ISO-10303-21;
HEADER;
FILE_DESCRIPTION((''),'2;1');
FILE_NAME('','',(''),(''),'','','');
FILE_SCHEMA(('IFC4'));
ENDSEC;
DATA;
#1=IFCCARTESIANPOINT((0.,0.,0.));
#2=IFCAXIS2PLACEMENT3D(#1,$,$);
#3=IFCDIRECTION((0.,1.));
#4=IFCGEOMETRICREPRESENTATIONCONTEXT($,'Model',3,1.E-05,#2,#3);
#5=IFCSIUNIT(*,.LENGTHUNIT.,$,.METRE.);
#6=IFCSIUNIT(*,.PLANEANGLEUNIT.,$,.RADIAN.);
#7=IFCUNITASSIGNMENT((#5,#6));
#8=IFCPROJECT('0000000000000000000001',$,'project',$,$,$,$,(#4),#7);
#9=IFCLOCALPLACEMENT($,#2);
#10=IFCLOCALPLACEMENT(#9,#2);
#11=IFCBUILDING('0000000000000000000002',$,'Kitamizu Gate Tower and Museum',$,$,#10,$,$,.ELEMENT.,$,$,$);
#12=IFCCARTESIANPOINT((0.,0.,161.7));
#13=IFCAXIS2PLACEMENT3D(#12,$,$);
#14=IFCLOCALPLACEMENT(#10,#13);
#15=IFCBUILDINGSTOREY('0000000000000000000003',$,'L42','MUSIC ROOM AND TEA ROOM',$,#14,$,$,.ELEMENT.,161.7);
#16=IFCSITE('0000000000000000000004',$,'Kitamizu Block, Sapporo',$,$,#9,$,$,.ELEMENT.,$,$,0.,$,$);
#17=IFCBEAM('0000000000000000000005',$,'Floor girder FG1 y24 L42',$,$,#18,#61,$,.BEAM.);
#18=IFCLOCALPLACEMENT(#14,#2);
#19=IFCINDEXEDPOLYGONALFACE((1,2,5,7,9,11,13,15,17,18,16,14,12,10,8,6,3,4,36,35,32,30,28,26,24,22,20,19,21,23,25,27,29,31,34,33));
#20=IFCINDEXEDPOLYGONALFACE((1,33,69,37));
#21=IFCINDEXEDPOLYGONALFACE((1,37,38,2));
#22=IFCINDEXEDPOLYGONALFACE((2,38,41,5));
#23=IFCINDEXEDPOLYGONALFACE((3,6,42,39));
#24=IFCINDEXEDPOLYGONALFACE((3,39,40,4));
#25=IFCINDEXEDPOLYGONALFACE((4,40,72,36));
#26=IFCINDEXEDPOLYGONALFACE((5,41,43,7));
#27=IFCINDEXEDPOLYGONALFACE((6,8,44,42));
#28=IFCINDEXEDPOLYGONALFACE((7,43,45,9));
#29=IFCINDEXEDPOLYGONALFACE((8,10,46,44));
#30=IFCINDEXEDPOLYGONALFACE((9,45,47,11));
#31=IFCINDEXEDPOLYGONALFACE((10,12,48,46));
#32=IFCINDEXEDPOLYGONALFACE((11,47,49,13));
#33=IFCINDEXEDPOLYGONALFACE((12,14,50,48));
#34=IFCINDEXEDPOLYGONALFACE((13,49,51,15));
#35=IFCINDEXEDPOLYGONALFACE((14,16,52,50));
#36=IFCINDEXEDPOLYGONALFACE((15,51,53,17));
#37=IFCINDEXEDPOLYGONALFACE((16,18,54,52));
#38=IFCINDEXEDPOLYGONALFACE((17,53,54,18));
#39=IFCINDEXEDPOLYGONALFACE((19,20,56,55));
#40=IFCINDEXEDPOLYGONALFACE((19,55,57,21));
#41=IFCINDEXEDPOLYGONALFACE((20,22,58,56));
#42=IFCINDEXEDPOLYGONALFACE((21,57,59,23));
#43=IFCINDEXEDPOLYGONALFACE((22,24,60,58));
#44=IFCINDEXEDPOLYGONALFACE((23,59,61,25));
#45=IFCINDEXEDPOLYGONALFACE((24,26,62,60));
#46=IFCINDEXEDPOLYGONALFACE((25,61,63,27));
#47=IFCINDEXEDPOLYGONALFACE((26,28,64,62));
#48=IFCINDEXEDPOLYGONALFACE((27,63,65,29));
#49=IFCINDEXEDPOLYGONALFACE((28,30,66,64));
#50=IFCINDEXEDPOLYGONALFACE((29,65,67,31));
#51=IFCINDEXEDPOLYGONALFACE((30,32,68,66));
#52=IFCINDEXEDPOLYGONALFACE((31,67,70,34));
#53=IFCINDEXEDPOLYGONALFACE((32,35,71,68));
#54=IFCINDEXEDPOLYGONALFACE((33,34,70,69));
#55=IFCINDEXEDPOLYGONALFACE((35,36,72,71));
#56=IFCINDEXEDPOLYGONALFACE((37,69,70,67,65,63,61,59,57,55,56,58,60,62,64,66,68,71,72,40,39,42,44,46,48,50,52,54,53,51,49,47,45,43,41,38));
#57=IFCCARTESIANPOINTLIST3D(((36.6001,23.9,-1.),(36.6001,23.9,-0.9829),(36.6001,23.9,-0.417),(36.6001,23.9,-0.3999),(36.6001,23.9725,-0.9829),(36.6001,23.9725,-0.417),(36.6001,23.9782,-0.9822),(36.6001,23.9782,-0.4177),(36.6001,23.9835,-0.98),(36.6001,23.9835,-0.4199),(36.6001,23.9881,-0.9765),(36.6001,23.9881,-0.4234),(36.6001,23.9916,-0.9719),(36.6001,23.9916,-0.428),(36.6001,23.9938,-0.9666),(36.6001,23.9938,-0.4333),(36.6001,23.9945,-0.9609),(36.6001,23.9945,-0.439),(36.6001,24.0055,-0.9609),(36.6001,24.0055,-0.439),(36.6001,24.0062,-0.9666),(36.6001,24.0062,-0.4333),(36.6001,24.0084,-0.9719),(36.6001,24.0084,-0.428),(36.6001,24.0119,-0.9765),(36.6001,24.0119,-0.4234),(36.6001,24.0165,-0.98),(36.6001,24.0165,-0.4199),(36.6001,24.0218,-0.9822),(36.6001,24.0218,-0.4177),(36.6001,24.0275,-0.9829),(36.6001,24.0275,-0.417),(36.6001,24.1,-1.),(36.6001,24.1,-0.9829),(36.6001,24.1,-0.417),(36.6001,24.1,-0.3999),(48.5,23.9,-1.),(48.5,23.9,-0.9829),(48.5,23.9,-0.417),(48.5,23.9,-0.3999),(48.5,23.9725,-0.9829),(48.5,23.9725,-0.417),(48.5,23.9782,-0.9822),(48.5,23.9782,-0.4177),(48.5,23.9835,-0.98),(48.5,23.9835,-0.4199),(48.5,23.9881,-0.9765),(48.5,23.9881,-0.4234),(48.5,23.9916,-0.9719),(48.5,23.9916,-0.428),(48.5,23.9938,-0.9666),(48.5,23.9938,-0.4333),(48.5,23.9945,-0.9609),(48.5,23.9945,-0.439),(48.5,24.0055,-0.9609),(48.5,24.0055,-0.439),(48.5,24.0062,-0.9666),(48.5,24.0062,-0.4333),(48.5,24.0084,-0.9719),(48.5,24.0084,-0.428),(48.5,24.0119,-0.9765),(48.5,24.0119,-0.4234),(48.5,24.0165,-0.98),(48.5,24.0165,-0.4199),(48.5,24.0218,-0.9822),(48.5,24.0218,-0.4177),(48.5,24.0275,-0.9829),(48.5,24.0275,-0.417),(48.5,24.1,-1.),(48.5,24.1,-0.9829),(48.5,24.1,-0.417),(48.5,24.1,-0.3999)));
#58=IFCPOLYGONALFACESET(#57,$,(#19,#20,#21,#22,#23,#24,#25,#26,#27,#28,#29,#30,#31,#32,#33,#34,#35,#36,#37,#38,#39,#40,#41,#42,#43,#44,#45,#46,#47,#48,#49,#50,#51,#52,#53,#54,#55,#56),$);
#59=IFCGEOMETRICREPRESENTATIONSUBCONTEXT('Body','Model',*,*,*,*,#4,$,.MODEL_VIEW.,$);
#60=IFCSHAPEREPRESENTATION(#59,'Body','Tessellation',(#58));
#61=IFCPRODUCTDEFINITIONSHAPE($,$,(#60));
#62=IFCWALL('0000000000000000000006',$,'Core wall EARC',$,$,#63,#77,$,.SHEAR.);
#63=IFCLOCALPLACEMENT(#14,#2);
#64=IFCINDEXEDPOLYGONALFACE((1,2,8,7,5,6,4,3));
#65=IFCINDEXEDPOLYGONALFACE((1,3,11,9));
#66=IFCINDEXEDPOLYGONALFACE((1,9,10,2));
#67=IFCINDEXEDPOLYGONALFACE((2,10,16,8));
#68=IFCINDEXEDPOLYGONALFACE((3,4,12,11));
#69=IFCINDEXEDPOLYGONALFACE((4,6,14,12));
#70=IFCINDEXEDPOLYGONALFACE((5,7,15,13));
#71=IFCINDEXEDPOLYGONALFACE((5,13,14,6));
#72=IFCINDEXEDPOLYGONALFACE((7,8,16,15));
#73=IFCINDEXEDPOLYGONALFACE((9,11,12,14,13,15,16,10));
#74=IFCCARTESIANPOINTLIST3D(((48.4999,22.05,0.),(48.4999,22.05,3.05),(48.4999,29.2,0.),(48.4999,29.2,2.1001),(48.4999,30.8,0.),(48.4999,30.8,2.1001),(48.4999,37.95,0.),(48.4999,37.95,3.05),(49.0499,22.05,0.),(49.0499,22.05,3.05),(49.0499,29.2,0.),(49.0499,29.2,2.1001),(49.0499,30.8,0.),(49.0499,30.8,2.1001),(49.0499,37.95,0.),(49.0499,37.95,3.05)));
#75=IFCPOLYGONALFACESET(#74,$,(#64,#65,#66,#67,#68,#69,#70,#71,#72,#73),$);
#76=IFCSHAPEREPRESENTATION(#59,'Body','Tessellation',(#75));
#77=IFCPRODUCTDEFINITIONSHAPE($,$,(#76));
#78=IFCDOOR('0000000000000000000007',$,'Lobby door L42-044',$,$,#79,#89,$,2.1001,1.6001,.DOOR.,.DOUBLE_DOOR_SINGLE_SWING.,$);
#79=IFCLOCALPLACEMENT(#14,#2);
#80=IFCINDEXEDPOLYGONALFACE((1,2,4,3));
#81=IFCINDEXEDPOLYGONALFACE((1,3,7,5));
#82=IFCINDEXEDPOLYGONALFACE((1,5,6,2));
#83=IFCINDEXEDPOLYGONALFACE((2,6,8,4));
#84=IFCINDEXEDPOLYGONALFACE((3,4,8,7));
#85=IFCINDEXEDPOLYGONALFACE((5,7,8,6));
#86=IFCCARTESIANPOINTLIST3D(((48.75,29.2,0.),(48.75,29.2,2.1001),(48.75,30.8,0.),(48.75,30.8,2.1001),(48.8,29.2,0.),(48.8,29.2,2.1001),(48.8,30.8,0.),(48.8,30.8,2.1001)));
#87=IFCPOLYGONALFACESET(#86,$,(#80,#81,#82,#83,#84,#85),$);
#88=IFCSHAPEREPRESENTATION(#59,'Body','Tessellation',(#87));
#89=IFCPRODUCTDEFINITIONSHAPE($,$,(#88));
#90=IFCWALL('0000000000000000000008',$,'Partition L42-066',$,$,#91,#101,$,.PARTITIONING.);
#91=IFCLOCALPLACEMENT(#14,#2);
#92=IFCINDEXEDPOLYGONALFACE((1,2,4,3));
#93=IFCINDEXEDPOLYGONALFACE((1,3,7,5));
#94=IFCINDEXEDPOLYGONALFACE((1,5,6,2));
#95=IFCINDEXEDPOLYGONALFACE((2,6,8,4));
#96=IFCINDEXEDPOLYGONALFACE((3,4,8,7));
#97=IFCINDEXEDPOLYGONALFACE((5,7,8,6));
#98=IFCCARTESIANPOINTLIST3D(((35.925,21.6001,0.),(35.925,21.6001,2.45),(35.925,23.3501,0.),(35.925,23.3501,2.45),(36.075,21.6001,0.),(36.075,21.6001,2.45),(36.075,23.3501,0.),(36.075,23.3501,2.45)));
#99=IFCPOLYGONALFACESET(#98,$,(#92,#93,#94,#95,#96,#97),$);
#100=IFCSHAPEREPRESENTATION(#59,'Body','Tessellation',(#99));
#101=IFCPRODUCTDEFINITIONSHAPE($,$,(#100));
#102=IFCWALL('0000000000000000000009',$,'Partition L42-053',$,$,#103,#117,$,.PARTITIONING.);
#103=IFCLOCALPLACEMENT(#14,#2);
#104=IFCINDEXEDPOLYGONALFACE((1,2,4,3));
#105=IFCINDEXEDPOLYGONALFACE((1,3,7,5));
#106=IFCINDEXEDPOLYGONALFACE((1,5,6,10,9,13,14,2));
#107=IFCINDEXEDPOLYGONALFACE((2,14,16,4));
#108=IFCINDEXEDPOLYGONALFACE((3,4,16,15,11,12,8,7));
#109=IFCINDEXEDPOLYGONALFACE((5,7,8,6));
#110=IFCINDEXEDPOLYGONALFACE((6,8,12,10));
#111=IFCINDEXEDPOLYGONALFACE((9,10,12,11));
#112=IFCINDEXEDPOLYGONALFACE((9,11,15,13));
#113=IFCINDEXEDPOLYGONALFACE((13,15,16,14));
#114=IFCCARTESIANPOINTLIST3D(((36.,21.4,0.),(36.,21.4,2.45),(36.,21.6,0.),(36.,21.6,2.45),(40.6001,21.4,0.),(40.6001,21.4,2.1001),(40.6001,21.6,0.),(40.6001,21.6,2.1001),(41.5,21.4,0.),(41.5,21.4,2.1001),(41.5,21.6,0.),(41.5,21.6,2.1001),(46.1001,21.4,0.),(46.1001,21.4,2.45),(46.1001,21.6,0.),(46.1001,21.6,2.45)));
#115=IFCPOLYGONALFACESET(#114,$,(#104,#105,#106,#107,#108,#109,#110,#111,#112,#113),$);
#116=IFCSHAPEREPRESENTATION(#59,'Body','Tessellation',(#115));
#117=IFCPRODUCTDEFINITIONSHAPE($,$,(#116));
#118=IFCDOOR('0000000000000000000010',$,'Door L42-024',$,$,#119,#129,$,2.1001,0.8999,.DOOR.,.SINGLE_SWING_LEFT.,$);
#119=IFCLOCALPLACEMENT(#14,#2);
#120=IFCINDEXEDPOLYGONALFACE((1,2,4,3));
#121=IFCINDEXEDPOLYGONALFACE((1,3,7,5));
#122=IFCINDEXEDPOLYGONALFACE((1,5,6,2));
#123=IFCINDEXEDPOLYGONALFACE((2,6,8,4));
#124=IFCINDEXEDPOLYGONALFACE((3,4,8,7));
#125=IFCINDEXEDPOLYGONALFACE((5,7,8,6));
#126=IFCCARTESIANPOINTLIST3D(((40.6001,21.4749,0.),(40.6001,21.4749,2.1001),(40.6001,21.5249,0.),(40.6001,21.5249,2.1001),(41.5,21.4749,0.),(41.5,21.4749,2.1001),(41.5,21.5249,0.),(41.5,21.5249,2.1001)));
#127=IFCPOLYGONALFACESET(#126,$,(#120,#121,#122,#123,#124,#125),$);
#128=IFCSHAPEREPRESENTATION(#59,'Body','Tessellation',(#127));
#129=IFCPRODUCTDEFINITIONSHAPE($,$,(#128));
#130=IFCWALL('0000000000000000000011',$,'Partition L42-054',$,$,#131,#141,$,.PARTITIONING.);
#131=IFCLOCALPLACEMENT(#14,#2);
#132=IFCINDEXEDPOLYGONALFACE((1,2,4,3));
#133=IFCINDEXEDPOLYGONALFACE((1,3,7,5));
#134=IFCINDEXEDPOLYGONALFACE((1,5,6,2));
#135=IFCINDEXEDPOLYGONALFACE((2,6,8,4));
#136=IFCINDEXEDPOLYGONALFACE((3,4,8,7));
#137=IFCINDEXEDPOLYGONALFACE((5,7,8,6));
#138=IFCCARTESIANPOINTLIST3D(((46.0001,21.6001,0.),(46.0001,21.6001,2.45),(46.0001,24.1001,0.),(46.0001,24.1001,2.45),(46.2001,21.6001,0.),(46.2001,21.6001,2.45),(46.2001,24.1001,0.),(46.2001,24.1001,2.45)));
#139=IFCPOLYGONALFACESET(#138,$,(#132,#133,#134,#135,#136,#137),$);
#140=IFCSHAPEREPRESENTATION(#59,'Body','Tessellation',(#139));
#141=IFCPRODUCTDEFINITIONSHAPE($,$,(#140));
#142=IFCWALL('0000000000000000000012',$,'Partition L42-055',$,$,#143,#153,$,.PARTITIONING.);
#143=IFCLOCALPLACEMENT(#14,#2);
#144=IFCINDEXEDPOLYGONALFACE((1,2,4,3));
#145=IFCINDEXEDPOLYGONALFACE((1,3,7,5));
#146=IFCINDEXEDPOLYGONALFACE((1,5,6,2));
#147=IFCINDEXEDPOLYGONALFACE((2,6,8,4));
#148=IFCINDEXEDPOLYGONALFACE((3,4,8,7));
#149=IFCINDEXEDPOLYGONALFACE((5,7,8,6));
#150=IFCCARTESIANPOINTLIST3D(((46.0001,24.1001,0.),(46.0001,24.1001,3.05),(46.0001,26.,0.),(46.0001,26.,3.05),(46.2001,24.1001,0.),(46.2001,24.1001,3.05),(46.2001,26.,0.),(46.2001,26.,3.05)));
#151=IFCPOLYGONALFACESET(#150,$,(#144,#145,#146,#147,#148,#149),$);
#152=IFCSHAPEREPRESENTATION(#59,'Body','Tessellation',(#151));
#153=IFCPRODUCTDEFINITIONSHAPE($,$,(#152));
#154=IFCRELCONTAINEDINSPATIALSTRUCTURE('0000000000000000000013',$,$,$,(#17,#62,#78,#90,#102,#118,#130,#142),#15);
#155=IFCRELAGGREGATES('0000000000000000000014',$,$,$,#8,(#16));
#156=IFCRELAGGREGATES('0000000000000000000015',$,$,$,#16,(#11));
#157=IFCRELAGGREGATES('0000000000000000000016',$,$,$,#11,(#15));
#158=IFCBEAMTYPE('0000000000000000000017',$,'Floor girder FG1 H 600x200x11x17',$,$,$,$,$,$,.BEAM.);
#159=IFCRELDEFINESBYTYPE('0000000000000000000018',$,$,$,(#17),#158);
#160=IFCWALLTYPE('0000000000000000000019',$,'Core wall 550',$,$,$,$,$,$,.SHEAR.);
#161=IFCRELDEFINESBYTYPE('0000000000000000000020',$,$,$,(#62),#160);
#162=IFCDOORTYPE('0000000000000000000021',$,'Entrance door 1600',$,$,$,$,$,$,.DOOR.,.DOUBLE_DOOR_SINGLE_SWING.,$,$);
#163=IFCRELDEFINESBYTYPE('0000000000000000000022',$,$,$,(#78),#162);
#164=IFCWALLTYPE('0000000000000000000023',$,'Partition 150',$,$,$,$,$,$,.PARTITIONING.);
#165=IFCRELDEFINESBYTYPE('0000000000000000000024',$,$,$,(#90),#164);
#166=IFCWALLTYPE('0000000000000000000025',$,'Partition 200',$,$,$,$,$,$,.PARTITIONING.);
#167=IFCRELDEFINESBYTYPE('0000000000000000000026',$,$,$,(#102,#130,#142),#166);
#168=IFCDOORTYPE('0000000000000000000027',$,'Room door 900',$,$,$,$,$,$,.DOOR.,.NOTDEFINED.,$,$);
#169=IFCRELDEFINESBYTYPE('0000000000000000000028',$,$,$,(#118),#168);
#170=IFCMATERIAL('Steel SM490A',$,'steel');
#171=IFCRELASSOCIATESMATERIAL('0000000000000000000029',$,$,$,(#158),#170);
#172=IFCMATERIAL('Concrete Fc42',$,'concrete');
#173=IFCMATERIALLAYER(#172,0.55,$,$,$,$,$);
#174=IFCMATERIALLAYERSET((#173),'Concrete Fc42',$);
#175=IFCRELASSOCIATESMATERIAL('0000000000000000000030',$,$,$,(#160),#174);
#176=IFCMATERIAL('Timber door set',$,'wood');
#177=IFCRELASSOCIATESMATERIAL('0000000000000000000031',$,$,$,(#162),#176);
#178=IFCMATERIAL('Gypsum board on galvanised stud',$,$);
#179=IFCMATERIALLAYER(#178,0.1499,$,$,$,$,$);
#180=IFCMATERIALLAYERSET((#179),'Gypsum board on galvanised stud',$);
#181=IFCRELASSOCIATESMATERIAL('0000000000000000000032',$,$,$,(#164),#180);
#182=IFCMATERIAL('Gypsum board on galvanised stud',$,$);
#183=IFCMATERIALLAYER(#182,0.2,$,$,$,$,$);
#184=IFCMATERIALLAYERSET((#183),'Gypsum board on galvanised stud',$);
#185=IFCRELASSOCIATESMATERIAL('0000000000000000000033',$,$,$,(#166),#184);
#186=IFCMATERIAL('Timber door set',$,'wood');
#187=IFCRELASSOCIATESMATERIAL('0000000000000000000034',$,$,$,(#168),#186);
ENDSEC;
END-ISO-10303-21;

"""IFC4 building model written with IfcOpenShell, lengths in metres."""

from ifc_helpers import new_model, si_unit, direction, frame, frame_2d, origin, origin_2d, place, context, subcontext, project, spatial, rectangle, i_section, extrude, material, layer, layer_set, material_profile, profile_set, type_object, element, fill, save


model = new_model("IFC4")

# Units and contexts
model_context = context("Model", 3, precision=1e-05, world=origin(), true_north=direction((0.0, 1.0)))
body_context = subcontext(model_context, "Body", "Model", "MODEL_VIEW")
ifc_project = project(units=[si_unit("LENGTHUNIT", "METRE"), si_unit("PLANEANGLEUNIT", "RADIAN")], contexts=[model_context])

# Site, building, storey
site_placement = place(None, origin())
site = spatial("IfcSite", under=ifc_project, at=site_placement, Name="Kitamizu Block, Sapporo", CompositionType="ELEMENT", RefElevation=0.0)
building_placement = place(site_placement, origin())
building = spatial("IfcBuilding", under=site, at=building_placement, Name="Kitamizu Gate Tower and Museum", CompositionType="ELEMENT")
storey_placement = place(building_placement, frame((0.0, 0.0, 161.7)))
storey = spatial("IfcBuildingStorey", under=building, at=storey_placement, Name="L42", Description="MUSIC ROOM AND TEA ROOM", CompositionType="ELEMENT", Elevation=161.7)

# Beam
ifc_material_1 = material(Name="Steel SM490A", Category="steel")
ifc_material_profile_1 = material_profile(ifc_material_1, i_section(OverallWidth=0.2, OverallDepth=0.6001, WebThickness=0.011, FlangeThickness=0.0171, FilletRadius=0.022, at=origin_2d()), Name="H-600x200x11x17")
ifc_profile_set_1 = profile_set([ifc_material_profile_1], Name="Steel SM490A")
beam_type_1 = type_object("IfcBeamType", Name="Floor girder FG1 H 600x200x11x17", PredefinedType="BEAM", material=ifc_profile_set_1)
beam_1_placement = place(storey_placement, frame((36.6001, 24.0, -0.7), z_axis=(1.0, 0.0, 0.0), x_axis=(0.0, 1.0, 0.0)))
element("IfcBeam", 1, at=beam_1_placement, inside=storey, type_object=beam_type_1, Name="Floor girder FG1 y24 L42", PredefinedType="BEAM", context=body_context, shape_type="SweptSolid", body=[
    extrude(i_section(OverallWidth=0.2, OverallDepth=0.6001, WebThickness=0.011, FlangeThickness=0.0171, FilletRadius=0.022, at=origin_2d()), origin(), (0.0, 0.0, 1.0), 11.8999),
])

# Wall, opening, door
ifc_material_2 = material(Name="Concrete Fc42", Category="concrete")
ifc_layer_1 = layer(ifc_material_2, 0.55)
ifc_layer_set_1 = layer_set([ifc_layer_1], Name="Concrete Fc42")
wall_type_1 = type_object("IfcWallType", Name="Core wall 550", PredefinedType="SHEAR", material=ifc_layer_set_1)
wall_1_placement = place(storey_placement, frame((48.7749, 22.05, 0.0), z_axis=(0.0, 0.0, 1.0), x_axis=(0.0, 1.0, 0.0)))
wall_1 = element("IfcWall", 2, at=wall_1_placement, inside=storey, type_object=wall_type_1, Name="Core wall EARC", PredefinedType="SHEAR", context=body_context, shape_type="SweptSolid", body=[
    extrude(rectangle(XDim=15.8999, YDim=0.55, at=frame_2d((7.95, 0.0))), origin(), (0.0, 0.0, 1.0), 3.05),
])
opening_1_placement = place(wall_1_placement, frame((7.1499, 0.0, 0.0)))
opening_1 = element("IfcOpeningElement", 3, at=opening_1_placement, cuts=wall_1, PredefinedType="OPENING", context=body_context, shape_type="SweptSolid", body=[
    extrude(rectangle(XDim=1.6001, YDim=2.1001, at=frame_2d((0.8, 1.05))), frame((0.0, 0.2852, 0.0), z_axis=(0.0, -1.0, 0.0), x_axis=(1.0, 0.0, 0.0)), (0.0, 0.0, 1.0), 0.5701),
])
ifc_material_3 = material(Name="Timber door set", Category="wood")
door_type_1 = type_object("IfcDoorType", Name="Entrance door 1600", OperationType="DOUBLE_DOOR_SINGLE_SWING", PredefinedType="DOOR", material=ifc_material_3)
door_1_placement = place(opening_1_placement, origin())
door_1 = element("IfcDoor", 4, at=door_1_placement, inside=storey, type_object=door_type_1, Name="Lobby door L42-044", OperationType="DOUBLE_DOOR_SINGLE_SWING", OverallHeight=2.1001, OverallWidth=1.6001, PredefinedType="DOOR", context=body_context, shape_type="SweptSolid", body=[
    extrude(rectangle(XDim=1.6001, YDim=2.1001, at=frame_2d((0.8, 1.05))), frame((0.0, 0.0249, 0.0), z_axis=(0.0, -1.0, 0.0), x_axis=(1.0, 0.0, 0.0)), (0.0, 0.0, 1.0), 0.05),
])
fill(opening_1, door_1)

# Wall
ifc_material_4 = material(Name="Gypsum board on galvanised stud")
ifc_layer_2 = layer(ifc_material_4, 0.1499)
ifc_layer_set_2 = layer_set([ifc_layer_2], Name="Gypsum board on galvanised stud")
wall_type_2 = type_object("IfcWallType", Name="Partition 150", PredefinedType="PARTITIONING", material=ifc_layer_set_2)
wall_2_placement = place(storey_placement, frame((36.0, 21.6001, 0.0), z_axis=(0.0, 0.0, 1.0), x_axis=(0.0, 1.0, 0.0)))
element("IfcWall", 5, at=wall_2_placement, inside=storey, type_object=wall_type_2, Name="Partition L42-066", PredefinedType="PARTITIONING", context=body_context, shape_type="SweptSolid", body=[
    extrude(rectangle(XDim=1.75, YDim=0.1499, at=frame_2d((0.875, 0.0))), origin(), (0.0, 0.0, 1.0), 2.45),
])

# Wall, opening, door
ifc_material_5 = material(Name="Gypsum board on galvanised stud")
ifc_layer_3 = layer(ifc_material_5, 0.2)
ifc_layer_set_3 = layer_set([ifc_layer_3], Name="Gypsum board on galvanised stud")
wall_type_3 = type_object("IfcWallType", Name="Partition 200", PredefinedType="PARTITIONING", material=ifc_layer_set_3)
wall_3_placement = place(storey_placement, frame((36.0, 21.5, 0.0), z_axis=(0.0, 0.0, 1.0), x_axis=(1.0, 0.0, 0.0)))
wall_3 = element("IfcWall", 6, at=wall_3_placement, inside=storey, type_object=wall_type_3, Name="Partition L42-053", PredefinedType="PARTITIONING", context=body_context, shape_type="SweptSolid", body=[
    extrude(rectangle(XDim=10.1001, YDim=0.2, at=frame_2d((5.05, 0.0))), origin(), (0.0, 0.0, 1.0), 2.45),
])
opening_2_placement = place(wall_3_placement, frame((4.6001, 0.0, 0.0)))
opening_2 = element("IfcOpeningElement", 7, at=opening_2_placement, cuts=wall_3, PredefinedType="OPENING", context=body_context, shape_type="SweptSolid", body=[
    extrude(rectangle(XDim=0.8999, YDim=2.1001, at=frame_2d((0.45, 1.05))), frame((0.0, 0.1099, 0.0), z_axis=(0.0, -1.0, 0.0), x_axis=(1.0, 0.0, 0.0)), (0.0, 0.0, 1.0), 0.22),
])
ifc_material_6 = material(Name="Timber door set", Category="wood")
door_type_2 = type_object("IfcDoorType", Name="Room door 900", OperationType="NOTDEFINED", PredefinedType="DOOR", material=ifc_material_6)
door_2_placement = place(opening_2_placement, origin())
door_2 = element("IfcDoor", 8, at=door_2_placement, inside=storey, type_object=door_type_2, Name="Door L42-024", OperationType="SINGLE_SWING_LEFT", OverallHeight=2.1001, OverallWidth=0.8999, PredefinedType="DOOR", context=body_context, shape_type="SweptSolid", body=[
    extrude(rectangle(XDim=0.8999, YDim=2.1001, at=frame_2d((0.45, 1.05))), frame((0.0, 0.0249, 0.0), z_axis=(0.0, -1.0, 0.0), x_axis=(1.0, 0.0, 0.0)), (0.0, 0.0, 1.0), 0.05),
])
fill(opening_2, door_2)

# Walls
wall_4_placement = place(storey_placement, frame((46.1001, 21.6001, 0.0), z_axis=(0.0, 0.0, 1.0), x_axis=(0.0, 1.0, 0.0)))
element("IfcWall", 9, at=wall_4_placement, inside=storey, type_object=wall_type_3, Name="Partition L42-054", PredefinedType="PARTITIONING", context=body_context, shape_type="SweptSolid", body=[
    extrude(rectangle(XDim=2.5, YDim=0.2, at=frame_2d((1.25, 0.0))), origin(), (0.0, 0.0, 1.0), 2.45),
])
wall_5_placement = place(storey_placement, frame((46.1001, 24.1001, 0.0), z_axis=(0.0, 0.0, 1.0), x_axis=(0.0, 1.0, 0.0)))
element("IfcWall", 10, at=wall_5_placement, inside=storey, type_object=wall_type_3, Name="Partition L42-055", PredefinedType="PARTITIONING", context=body_context, shape_type="SweptSolid", body=[
    extrude(rectangle(XDim=1.8999, YDim=0.2, at=frame_2d((0.95, 0.0))), origin(), (0.0, 0.0, 1.0), 3.05),
])

save(model, "model.ifc")
